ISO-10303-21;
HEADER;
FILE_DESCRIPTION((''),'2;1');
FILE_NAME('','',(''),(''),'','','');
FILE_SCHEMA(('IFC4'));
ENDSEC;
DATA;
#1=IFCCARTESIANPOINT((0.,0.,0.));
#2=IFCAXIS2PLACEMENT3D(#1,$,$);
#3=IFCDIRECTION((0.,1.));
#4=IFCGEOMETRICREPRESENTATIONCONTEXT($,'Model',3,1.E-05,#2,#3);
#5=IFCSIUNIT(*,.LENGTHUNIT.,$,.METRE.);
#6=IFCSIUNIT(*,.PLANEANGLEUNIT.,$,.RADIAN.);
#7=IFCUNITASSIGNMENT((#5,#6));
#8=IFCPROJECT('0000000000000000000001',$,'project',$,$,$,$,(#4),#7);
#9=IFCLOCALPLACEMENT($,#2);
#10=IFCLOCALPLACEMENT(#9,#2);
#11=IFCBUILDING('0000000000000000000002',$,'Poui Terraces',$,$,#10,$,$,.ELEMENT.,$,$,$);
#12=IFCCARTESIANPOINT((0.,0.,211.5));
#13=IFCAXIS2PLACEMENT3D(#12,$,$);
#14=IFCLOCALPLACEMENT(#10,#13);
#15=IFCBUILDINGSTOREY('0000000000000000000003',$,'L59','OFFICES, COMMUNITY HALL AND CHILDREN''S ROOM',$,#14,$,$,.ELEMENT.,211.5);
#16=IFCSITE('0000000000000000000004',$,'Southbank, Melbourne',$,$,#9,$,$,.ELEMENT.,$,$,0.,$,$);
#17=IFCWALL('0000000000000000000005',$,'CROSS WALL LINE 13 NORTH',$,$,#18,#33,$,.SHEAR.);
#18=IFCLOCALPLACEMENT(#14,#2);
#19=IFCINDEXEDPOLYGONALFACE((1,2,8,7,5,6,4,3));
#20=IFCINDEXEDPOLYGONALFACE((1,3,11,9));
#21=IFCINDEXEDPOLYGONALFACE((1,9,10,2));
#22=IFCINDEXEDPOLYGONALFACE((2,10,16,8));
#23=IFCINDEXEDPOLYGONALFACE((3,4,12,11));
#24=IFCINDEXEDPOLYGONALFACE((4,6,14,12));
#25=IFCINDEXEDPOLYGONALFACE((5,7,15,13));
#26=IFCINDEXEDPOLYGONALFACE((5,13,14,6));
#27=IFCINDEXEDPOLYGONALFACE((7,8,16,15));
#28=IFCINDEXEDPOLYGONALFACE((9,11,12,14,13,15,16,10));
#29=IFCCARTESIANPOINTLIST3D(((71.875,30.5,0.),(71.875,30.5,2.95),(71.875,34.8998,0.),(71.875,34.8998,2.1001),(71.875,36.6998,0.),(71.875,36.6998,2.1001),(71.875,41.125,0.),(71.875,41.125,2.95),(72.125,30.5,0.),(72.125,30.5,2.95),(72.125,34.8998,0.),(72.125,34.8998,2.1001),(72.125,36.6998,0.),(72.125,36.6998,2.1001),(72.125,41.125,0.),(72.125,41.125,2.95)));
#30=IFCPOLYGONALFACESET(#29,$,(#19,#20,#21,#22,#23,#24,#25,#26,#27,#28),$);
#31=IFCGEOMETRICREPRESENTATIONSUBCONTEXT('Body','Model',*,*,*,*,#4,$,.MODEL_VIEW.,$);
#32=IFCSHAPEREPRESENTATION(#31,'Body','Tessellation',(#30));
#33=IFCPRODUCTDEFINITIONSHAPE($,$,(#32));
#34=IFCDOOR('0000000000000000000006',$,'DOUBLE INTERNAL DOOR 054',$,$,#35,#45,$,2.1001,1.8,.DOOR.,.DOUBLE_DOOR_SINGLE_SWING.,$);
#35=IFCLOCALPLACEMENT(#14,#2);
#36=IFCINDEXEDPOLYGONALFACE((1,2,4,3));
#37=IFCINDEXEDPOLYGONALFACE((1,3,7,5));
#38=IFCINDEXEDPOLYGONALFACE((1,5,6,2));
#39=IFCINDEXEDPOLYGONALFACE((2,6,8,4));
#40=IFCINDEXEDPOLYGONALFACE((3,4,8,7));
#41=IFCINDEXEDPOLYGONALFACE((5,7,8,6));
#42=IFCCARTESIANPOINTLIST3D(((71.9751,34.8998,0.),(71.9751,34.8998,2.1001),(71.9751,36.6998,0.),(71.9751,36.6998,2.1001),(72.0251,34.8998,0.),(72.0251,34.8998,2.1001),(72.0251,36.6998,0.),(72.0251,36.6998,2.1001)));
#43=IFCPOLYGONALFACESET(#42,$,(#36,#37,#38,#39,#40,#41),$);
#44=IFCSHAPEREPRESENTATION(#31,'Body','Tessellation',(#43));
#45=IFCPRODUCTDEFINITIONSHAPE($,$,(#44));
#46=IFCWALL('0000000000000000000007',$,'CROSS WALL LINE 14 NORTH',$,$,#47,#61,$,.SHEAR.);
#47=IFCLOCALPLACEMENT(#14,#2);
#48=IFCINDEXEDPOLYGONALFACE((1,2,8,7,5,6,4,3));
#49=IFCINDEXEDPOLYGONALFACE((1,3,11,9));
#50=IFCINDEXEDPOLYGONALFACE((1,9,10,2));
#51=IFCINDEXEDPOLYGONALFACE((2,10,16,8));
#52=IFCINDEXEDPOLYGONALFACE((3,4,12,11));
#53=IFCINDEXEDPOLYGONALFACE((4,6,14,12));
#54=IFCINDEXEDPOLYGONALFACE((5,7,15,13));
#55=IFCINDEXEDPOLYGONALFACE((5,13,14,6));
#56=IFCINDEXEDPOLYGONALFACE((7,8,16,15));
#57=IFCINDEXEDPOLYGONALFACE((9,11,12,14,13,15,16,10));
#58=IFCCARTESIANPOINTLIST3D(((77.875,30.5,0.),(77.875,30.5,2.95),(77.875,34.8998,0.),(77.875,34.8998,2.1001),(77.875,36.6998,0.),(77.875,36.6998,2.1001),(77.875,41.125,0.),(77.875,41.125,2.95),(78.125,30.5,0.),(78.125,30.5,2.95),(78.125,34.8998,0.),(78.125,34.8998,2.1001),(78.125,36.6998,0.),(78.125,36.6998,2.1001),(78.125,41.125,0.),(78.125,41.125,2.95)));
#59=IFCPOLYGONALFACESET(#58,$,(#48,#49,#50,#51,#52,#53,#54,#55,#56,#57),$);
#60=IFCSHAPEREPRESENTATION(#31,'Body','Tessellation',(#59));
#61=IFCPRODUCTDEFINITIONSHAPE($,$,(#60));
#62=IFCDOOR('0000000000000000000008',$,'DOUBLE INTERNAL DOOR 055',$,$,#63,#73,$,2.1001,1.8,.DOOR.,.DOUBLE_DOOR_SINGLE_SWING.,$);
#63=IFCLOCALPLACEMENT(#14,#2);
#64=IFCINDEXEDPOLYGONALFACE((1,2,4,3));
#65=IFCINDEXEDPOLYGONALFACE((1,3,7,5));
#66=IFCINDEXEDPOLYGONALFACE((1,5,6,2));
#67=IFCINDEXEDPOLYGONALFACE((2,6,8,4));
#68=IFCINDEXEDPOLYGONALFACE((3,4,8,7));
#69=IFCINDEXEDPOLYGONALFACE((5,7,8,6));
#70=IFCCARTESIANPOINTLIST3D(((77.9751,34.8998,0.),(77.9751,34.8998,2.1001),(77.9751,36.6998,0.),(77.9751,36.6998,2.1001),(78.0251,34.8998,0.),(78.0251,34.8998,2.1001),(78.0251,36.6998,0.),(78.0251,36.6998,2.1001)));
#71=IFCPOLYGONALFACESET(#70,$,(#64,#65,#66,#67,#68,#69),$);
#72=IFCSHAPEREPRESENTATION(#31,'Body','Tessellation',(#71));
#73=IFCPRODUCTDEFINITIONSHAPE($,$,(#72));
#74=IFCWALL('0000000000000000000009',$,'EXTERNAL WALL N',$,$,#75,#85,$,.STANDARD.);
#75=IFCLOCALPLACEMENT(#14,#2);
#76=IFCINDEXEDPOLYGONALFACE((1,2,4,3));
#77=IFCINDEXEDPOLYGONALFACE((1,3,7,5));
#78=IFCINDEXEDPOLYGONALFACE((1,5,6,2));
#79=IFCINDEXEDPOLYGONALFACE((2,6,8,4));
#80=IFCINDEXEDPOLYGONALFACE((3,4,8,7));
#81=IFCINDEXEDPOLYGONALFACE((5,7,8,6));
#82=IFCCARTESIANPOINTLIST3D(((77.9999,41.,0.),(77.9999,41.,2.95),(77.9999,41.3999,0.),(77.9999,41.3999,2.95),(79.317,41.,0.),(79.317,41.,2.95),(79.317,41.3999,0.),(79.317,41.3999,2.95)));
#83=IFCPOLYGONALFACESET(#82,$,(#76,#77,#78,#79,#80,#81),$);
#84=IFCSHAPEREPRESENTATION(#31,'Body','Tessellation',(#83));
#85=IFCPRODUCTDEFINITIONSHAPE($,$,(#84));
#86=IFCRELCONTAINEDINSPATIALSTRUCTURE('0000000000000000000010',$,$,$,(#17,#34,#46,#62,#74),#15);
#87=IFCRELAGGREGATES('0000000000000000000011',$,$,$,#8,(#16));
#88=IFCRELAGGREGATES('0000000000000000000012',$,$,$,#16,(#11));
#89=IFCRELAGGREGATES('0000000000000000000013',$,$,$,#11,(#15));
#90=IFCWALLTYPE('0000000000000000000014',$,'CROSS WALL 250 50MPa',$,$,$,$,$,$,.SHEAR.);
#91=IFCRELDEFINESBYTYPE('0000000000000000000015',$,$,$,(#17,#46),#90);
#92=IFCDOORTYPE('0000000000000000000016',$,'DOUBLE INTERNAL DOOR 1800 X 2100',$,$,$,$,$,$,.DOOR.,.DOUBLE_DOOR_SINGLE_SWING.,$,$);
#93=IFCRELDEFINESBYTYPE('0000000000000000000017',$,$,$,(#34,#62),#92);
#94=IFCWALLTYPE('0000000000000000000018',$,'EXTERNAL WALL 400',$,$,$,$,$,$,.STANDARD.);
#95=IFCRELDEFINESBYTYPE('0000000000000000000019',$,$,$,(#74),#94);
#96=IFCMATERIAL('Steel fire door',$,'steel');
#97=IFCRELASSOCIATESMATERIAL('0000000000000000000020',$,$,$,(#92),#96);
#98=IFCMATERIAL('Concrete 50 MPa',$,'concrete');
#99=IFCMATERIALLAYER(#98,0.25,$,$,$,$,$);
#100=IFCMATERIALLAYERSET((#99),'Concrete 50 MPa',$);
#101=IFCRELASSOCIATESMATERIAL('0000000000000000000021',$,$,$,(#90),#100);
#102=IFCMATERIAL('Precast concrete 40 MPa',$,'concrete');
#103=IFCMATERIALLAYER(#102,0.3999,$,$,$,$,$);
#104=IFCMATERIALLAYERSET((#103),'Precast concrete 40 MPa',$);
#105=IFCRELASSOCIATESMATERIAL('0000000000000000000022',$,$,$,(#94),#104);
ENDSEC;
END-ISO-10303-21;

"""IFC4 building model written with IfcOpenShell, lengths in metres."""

from ifc_helpers import new_model, si_unit, direction, frame, frame_2d, origin, place, context, subcontext, project, spatial, rectangle, extrude, material, layer, layer_set, type_object, element, fill, save


model = new_model("IFC4")

# Units and contexts
model_context = context("Model", 3, precision=1e-05, world=origin(), true_north=direction((0.0, 1.0)))
body_context = subcontext(model_context, "Body", "Model", "MODEL_VIEW")
ifc_project = project(units=[si_unit("LENGTHUNIT", "METRE"), si_unit("PLANEANGLEUNIT", "RADIAN")], contexts=[model_context])

# Site, building, storey
site_placement = place(None, origin())
site = spatial("IfcSite", under=ifc_project, at=site_placement, Name="Southbank, Melbourne", CompositionType="ELEMENT", RefElevation=0.0)
building_placement = place(site_placement, origin())
building = spatial("IfcBuilding", under=site, at=building_placement, Name="Poui Terraces", CompositionType="ELEMENT")
storey_placement = place(building_placement, frame((0.0, 0.0, 211.5)))
storey = spatial("IfcBuildingStorey", under=building, at=storey_placement, Name="L59", Description="OFFICES, COMMUNITY HALL AND CHILDREN'S ROOM", CompositionType="ELEMENT", Elevation=211.5)

# Shared definitions
ifc_material_1 = material(Name="Concrete 50 MPa", Category="concrete")

# Walls, openings, doors
ifc_material_2 = material(Name="Steel fire door", Category="steel")
door_type_1 = type_object("IfcDoorType", Name="DOUBLE INTERNAL DOOR 1800 X 2100", OperationType="DOUBLE_DOOR_SINGLE_SWING", PredefinedType="DOOR", material=ifc_material_2)
ifc_layer_1 = layer(ifc_material_1, 0.25)
ifc_layer_set_1 = layer_set([ifc_layer_1], Name="Concrete 50 MPa")
wall_type_1 = type_object("IfcWallType", Name="CROSS WALL 250 50MPa", PredefinedType="SHEAR", material=ifc_layer_set_1)
wall_1_placement = place(storey_placement, frame((72.0, 30.5, 0.0), z_axis=(0.0, 0.0, 1.0), x_axis=(0.0, 1.0, 0.0)))
wall_1 = element("IfcWall", 1, at=wall_1_placement, inside=storey, type_object=wall_type_1, Name="CROSS WALL LINE 13 NORTH", PredefinedType="SHEAR", context=body_context, shape_type="SweptSolid", body=[
    extrude(rectangle(XDim=10.625, YDim=0.25, at=frame_2d((5.3125, 0.0))), origin(), (0.0, 0.0, 1.0), 2.95),
])
opening_1_placement = place(wall_1_placement, frame((4.3999, 0.0, 0.0)))
opening_1 = element("IfcOpeningElement", 2, at=opening_1_placement, cuts=wall_1, PredefinedType="OPENING", context=body_context, shape_type="SweptSolid", body=[
    extrude(rectangle(XDim=1.8, YDim=2.1001, at=frame_2d((0.8999, 1.05))), frame((0.0, 0.135, 0.0), z_axis=(0.0, -1.0, 0.0), x_axis=(1.0, 0.0, 0.0)), (0.0, 0.0, 1.0), 0.27),
])
door_1_placement = place(opening_1_placement, origin())
door_1 = element("IfcDoor", 3, at=door_1_placement, inside=storey, type_object=door_type_1, Name="DOUBLE INTERNAL DOOR 054", OperationType="DOUBLE_DOOR_SINGLE_SWING", OverallHeight=2.1001, OverallWidth=1.8, PredefinedType="DOOR", context=body_context, shape_type="SweptSolid", body=[
    extrude(rectangle(XDim=1.8, YDim=2.1001, at=frame_2d((0.8999, 1.05))), frame((0.0, 0.0249, 0.0), z_axis=(0.0, -1.0, 0.0), x_axis=(1.0, 0.0, 0.0)), (0.0, 0.0, 1.0), 0.05),
])
fill(opening_1, door_1)
wall_2_placement = place(storey_placement, frame((78.0, 30.5, 0.0), z_axis=(0.0, 0.0, 1.0), x_axis=(0.0, 1.0, 0.0)))
wall_2 = element("IfcWall", 4, at=wall_2_placement, inside=storey, type_object=wall_type_1, Name="CROSS WALL LINE 14 NORTH", PredefinedType="SHEAR", context=body_context, shape_type="SweptSolid", body=[
    extrude(rectangle(XDim=10.625, YDim=0.25, at=frame_2d((5.3125, 0.0))), origin(), (0.0, 0.0, 1.0), 2.95),
])
opening_2_placement = place(wall_2_placement, frame((4.3999, 0.0, 0.0)))
opening_2 = element("IfcOpeningElement", 5, at=opening_2_placement, cuts=wall_2, PredefinedType="OPENING", context=body_context, shape_type="SweptSolid", body=[
    extrude(rectangle(XDim=1.8, YDim=2.1001, at=frame_2d((0.8999, 1.05))), frame((0.0, 0.135, 0.0), z_axis=(0.0, -1.0, 0.0), x_axis=(1.0, 0.0, 0.0)), (0.0, 0.0, 1.0), 0.27),
])
door_2_placement = place(opening_2_placement, origin())
door_2 = element("IfcDoor", 6, at=door_2_placement, inside=storey, type_object=door_type_1, Name="DOUBLE INTERNAL DOOR 055", OperationType="DOUBLE_DOOR_SINGLE_SWING", OverallHeight=2.1001, OverallWidth=1.8, PredefinedType="DOOR", context=body_context, shape_type="SweptSolid", body=[
    extrude(rectangle(XDim=1.8, YDim=2.1001, at=frame_2d((0.8999, 1.05))), frame((0.0, 0.0249, 0.0), z_axis=(0.0, -1.0, 0.0), x_axis=(1.0, 0.0, 0.0)), (0.0, 0.0, 1.0), 0.05),
])
fill(opening_2, door_2)

# Wall
ifc_material_3 = material(Name="Precast concrete 40 MPa", Category="concrete")
ifc_layer_2 = layer(ifc_material_3, 0.3999)
ifc_layer_set_2 = layer_set([ifc_layer_2], Name="Precast concrete 40 MPa")
wall_type_2 = type_object("IfcWallType", Name="EXTERNAL WALL 400", PredefinedType="STANDARD", material=ifc_layer_set_2)
wall_3_placement = place(storey_placement, frame((79.3171, 41.2, 0.0), z_axis=(0.0, 0.0, 1.0), x_axis=(-1.0, 0.0, 0.0)))
element("IfcWall", 7, at=wall_3_placement, inside=storey, type_object=wall_type_2, Name="EXTERNAL WALL N", PredefinedType="STANDARD", context=body_context, shape_type="SweptSolid", body=[
    extrude(rectangle(XDim=1.3171, YDim=0.3999, at=frame_2d((0.6587, 0.0))), origin(), (0.0, 0.0, 1.0), 2.95),
])

save(model, "model.ifc")
